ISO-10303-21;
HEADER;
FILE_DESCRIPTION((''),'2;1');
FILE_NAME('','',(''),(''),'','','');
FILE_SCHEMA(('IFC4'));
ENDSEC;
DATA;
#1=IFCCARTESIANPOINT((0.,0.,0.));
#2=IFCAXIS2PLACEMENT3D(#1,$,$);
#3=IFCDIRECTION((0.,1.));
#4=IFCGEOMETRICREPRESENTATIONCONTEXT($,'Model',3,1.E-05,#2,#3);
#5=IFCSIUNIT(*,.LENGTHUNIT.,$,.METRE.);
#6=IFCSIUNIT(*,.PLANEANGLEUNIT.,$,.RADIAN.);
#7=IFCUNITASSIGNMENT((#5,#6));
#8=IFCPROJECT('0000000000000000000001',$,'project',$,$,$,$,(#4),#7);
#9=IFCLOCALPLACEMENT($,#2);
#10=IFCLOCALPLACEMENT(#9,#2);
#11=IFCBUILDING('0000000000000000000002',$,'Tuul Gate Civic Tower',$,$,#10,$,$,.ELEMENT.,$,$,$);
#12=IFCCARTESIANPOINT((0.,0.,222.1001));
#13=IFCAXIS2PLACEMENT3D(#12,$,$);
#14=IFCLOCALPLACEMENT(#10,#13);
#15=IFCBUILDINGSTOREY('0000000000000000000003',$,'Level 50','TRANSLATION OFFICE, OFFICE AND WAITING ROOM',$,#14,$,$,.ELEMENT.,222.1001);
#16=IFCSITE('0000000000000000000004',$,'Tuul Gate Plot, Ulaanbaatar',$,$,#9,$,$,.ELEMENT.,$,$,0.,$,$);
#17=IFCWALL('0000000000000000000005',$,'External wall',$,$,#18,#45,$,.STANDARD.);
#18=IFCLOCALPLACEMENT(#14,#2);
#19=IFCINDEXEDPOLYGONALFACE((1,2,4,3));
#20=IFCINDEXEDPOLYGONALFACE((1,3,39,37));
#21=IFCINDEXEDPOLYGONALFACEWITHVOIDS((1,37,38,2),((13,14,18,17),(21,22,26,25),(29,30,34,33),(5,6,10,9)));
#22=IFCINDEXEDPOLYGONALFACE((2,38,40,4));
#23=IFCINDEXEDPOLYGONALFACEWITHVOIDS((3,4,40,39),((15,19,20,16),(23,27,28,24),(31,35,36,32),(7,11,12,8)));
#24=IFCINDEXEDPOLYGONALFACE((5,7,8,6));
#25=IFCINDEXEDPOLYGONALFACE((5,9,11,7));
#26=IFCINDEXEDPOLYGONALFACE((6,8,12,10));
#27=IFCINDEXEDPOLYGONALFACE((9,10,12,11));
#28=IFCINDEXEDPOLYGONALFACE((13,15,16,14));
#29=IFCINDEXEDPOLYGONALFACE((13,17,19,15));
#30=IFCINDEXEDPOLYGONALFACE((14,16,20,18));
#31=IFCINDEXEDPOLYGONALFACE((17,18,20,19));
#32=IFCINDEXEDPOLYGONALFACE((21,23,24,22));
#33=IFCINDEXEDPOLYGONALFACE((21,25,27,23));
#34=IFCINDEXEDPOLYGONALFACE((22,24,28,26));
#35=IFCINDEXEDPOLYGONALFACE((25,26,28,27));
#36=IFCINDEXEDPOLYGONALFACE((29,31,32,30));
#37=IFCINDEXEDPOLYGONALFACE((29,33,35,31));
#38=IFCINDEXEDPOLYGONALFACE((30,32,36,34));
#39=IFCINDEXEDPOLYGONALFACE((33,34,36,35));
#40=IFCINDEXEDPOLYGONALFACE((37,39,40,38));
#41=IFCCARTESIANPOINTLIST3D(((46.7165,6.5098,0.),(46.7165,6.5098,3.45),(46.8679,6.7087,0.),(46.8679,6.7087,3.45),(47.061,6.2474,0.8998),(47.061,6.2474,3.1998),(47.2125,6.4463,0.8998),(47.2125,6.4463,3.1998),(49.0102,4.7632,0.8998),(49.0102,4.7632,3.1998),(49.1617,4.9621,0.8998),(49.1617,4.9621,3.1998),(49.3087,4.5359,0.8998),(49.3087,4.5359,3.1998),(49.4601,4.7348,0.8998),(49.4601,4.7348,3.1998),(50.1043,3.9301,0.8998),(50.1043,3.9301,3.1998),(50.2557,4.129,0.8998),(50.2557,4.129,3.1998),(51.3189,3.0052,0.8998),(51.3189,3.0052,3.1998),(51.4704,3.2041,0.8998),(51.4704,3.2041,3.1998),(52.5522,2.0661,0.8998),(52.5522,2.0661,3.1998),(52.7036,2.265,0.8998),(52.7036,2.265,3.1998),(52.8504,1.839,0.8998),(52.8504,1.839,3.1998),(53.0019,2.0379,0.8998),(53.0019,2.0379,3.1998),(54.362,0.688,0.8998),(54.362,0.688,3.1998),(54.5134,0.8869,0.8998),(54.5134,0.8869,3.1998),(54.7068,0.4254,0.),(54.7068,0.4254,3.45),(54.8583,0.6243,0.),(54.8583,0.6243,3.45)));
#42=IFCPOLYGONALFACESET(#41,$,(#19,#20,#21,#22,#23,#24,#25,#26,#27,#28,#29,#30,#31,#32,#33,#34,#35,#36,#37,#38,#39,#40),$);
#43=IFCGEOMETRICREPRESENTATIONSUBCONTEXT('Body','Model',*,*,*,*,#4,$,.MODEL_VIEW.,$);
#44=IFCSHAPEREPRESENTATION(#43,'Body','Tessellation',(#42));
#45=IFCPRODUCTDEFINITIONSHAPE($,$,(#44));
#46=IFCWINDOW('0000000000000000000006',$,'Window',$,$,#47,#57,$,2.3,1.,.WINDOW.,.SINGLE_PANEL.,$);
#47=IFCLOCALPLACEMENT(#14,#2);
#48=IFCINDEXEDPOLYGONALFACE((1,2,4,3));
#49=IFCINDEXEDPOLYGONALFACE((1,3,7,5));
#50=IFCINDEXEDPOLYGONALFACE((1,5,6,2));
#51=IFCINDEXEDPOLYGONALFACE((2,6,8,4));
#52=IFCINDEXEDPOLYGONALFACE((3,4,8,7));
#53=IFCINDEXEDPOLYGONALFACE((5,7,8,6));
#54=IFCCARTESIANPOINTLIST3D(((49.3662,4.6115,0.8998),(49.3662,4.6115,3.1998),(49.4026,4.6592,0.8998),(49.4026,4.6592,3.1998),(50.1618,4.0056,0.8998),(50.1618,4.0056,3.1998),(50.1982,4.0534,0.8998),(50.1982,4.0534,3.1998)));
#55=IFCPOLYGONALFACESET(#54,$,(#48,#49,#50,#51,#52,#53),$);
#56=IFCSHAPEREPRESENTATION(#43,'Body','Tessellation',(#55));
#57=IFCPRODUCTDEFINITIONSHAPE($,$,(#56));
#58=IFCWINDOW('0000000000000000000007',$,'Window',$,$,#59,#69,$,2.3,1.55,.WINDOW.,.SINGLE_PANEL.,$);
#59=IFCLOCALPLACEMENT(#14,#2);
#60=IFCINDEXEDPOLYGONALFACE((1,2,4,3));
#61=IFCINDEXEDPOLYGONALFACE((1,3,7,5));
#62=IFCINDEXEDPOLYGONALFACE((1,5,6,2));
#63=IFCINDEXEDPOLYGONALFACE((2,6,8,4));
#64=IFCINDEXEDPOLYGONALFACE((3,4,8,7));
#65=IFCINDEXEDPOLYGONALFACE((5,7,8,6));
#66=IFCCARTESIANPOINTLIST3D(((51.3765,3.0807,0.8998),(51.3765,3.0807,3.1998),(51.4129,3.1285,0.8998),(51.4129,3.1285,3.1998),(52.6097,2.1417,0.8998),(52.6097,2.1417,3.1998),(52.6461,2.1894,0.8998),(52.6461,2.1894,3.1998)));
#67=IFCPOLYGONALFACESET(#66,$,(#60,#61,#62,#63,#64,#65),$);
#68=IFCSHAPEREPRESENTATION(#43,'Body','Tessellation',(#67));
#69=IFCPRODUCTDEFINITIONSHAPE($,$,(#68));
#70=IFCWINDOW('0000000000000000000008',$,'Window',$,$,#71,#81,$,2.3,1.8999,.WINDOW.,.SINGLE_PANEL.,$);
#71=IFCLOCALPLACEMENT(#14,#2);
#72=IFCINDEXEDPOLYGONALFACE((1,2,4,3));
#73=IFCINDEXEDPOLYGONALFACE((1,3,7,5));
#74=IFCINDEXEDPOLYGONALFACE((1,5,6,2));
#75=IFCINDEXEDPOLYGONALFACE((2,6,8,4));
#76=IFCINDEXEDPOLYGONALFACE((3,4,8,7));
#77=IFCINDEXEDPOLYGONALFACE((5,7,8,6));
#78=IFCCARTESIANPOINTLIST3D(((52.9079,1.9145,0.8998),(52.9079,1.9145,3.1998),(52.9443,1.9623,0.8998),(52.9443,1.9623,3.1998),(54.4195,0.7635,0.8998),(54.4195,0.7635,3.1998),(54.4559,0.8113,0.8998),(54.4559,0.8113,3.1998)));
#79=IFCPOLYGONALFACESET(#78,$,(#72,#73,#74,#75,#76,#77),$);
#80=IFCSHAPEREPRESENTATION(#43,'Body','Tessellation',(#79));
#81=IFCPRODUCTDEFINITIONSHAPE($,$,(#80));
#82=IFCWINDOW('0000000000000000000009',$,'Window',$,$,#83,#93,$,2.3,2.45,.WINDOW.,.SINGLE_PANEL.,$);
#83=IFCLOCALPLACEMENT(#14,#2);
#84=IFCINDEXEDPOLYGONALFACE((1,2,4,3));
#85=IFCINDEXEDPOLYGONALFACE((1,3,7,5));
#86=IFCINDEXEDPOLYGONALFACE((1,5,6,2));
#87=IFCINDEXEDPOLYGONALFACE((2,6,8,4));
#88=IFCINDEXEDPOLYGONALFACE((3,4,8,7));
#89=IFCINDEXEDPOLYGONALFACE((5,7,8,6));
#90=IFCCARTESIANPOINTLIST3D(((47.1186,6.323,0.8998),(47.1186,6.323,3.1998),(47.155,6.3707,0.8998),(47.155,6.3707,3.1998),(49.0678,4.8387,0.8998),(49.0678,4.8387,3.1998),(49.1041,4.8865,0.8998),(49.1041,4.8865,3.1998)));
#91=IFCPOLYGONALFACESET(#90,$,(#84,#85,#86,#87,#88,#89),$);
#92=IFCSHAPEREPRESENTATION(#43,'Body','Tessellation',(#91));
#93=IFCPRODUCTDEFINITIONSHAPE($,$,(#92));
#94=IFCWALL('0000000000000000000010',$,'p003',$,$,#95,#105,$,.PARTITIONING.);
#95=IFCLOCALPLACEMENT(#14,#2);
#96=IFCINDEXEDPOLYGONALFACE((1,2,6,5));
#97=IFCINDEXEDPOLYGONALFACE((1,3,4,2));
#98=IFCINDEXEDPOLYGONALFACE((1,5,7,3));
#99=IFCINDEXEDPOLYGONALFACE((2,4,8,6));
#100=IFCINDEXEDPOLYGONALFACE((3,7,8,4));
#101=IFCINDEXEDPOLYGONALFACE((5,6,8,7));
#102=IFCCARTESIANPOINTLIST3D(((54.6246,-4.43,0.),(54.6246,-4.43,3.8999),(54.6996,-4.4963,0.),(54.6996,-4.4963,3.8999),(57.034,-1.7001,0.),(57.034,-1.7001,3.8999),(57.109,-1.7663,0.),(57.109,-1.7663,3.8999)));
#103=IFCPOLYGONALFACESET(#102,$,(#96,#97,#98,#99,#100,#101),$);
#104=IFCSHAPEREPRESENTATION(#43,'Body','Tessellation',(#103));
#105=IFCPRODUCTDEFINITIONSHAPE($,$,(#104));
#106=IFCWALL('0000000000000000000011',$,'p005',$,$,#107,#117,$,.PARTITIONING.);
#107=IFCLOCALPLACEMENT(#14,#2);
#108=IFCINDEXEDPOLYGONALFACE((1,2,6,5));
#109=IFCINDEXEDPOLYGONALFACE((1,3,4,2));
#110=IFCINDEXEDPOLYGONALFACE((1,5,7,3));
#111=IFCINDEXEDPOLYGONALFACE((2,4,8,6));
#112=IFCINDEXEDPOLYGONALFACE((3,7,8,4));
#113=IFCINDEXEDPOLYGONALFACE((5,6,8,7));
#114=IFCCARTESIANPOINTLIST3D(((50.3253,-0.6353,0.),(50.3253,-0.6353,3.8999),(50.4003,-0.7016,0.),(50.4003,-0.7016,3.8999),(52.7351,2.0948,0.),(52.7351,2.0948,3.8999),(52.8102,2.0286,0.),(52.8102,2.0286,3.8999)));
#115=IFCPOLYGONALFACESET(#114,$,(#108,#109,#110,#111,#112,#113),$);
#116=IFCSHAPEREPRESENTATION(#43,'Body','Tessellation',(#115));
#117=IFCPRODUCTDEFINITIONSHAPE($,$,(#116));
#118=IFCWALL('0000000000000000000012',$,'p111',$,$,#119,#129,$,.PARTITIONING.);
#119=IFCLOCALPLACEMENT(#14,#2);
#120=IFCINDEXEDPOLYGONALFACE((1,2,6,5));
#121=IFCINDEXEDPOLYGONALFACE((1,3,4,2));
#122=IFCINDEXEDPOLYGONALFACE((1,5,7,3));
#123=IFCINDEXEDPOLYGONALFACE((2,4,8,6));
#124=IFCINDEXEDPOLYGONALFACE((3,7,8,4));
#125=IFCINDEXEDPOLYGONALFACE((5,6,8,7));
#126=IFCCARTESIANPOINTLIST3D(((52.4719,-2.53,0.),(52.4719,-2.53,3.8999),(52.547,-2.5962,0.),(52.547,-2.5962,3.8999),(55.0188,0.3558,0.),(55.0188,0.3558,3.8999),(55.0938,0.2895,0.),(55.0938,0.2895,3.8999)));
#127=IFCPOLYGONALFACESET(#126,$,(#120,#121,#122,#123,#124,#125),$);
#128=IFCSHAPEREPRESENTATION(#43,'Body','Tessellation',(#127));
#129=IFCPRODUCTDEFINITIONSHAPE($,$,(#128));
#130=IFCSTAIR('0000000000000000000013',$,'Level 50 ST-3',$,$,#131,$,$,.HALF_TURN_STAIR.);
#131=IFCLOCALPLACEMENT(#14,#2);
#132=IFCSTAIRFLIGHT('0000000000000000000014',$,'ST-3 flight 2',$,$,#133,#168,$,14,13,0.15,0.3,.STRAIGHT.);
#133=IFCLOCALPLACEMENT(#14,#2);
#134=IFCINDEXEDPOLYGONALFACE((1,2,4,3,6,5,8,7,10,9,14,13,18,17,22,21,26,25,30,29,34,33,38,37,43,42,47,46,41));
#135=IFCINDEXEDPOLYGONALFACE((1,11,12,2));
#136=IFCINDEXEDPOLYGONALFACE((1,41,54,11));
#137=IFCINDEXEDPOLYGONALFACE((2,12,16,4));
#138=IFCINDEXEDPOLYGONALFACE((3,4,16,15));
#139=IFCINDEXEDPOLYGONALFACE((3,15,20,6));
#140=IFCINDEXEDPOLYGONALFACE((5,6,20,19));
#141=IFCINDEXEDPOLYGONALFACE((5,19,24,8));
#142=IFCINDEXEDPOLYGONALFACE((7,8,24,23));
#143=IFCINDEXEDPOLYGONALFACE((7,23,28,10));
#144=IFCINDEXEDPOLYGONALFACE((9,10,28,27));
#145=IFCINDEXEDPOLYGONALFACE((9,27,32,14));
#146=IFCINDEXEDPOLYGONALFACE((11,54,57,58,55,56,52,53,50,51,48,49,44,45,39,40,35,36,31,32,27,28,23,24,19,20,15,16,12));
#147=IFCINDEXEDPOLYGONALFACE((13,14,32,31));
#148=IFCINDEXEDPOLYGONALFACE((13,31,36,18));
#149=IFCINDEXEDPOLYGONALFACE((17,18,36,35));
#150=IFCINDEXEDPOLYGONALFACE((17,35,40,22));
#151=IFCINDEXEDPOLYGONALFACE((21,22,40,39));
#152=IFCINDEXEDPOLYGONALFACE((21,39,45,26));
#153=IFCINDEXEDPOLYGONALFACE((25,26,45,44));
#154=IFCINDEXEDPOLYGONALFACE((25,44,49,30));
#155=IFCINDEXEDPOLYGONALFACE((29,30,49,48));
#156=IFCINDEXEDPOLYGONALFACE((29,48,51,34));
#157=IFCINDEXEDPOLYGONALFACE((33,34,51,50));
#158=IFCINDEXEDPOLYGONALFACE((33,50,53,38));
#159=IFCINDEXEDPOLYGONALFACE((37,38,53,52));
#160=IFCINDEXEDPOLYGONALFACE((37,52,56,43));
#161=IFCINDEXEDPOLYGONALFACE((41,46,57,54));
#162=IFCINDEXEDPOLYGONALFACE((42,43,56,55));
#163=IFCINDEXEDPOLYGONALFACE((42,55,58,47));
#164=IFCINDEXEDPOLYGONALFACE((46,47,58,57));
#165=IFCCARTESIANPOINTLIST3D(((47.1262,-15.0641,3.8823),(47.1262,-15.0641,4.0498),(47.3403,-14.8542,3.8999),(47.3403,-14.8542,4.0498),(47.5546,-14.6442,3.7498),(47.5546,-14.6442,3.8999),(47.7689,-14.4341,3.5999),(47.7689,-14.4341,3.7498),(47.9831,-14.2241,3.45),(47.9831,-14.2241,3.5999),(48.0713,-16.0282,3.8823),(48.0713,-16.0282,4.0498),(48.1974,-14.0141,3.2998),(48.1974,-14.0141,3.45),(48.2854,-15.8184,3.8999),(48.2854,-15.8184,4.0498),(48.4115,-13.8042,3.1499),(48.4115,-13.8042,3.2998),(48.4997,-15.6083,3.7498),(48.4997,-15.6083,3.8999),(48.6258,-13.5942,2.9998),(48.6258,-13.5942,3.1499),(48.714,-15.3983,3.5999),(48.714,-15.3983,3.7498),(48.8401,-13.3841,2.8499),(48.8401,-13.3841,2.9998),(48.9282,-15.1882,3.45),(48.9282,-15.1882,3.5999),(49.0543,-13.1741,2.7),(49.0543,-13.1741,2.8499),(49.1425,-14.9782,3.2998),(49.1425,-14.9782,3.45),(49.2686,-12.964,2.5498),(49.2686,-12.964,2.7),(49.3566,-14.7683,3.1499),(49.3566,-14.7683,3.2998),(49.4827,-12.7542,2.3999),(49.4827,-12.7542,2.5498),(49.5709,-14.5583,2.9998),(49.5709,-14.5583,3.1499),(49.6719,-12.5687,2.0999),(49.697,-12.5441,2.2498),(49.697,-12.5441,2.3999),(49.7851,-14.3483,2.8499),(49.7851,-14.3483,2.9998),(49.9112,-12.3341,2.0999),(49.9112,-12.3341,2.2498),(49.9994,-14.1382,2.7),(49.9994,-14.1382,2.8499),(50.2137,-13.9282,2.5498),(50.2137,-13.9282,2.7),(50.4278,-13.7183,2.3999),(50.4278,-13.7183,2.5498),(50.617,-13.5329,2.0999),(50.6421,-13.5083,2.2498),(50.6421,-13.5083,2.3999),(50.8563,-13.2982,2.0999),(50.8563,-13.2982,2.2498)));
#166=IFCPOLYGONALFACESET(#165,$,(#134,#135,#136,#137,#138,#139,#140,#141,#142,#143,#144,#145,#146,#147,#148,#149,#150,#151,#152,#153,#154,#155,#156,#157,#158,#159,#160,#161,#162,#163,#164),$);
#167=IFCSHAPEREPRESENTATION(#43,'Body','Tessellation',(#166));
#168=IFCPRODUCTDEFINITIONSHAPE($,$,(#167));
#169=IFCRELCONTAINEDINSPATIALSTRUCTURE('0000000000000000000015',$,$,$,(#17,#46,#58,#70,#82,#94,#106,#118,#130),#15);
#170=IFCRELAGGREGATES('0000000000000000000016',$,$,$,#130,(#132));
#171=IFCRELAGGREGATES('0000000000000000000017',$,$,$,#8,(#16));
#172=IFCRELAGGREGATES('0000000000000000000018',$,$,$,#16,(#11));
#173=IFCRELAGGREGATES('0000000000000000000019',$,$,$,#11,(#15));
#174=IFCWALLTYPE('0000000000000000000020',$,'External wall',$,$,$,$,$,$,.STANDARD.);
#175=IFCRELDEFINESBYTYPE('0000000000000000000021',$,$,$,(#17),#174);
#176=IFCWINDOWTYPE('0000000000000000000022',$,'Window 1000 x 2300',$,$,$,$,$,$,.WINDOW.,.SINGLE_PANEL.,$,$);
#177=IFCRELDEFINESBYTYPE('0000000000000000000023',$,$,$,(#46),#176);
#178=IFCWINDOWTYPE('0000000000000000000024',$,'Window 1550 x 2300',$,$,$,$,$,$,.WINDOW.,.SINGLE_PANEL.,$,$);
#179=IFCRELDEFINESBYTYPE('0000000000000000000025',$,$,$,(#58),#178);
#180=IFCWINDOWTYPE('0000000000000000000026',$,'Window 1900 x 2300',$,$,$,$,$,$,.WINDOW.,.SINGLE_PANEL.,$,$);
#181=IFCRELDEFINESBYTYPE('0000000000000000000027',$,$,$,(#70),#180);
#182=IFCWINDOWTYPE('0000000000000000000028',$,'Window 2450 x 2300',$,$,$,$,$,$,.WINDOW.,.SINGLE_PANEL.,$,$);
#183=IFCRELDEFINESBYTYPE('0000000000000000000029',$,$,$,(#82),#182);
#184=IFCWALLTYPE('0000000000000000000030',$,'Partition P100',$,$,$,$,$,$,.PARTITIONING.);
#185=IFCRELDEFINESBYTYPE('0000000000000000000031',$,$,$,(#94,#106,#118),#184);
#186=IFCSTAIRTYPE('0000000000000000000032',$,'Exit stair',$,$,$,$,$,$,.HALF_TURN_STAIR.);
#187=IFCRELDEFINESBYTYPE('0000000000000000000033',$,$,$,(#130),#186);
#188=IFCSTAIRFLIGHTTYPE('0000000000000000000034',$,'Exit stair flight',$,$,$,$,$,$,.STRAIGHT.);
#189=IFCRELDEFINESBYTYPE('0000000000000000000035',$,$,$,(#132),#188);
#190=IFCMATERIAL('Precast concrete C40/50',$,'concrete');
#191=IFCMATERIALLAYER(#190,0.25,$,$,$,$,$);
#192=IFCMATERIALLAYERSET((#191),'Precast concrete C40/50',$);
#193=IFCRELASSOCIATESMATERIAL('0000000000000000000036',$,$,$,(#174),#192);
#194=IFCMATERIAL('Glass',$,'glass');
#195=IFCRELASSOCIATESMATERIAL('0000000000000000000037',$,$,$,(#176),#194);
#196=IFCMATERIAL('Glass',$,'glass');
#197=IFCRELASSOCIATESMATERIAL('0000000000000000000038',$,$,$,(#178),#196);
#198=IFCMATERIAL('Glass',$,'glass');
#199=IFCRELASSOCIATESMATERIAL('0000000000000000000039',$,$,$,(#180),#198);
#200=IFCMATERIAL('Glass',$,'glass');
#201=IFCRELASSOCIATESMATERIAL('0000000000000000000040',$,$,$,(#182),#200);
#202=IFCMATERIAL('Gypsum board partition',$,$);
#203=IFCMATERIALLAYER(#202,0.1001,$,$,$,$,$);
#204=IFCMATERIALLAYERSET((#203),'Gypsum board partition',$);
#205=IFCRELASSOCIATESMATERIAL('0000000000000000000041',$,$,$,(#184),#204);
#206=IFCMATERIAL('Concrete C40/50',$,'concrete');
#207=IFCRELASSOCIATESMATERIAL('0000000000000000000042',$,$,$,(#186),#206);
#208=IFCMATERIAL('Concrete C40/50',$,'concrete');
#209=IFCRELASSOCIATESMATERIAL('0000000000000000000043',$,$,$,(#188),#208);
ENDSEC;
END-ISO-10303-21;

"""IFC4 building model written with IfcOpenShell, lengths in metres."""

from ifc_helpers import new_model, si_unit, direction, frame, frame_2d, origin, place, context, subcontext, project, spatial, polyline, rectangle, outline, extrude, material, layer, layer_set, type_object, element, fill, aggregate, save


model = new_model("IFC4")

# Units and contexts
model_context = context("Model", 3, precision=1e-05, world=origin(), true_north=direction((0.0, 1.0)))
body_context = subcontext(model_context, "Body", "Model", "MODEL_VIEW")
ifc_project = project(units=[si_unit("LENGTHUNIT", "METRE"), si_unit("PLANEANGLEUNIT", "RADIAN")], contexts=[model_context])

# Site, building, storey
site_placement = place(None, origin())
site = spatial("IfcSite", under=ifc_project, at=site_placement, Name="Tuul Gate Plot, Ulaanbaatar", CompositionType="ELEMENT", RefElevation=0.0)
building_placement = place(site_placement, origin())
building = spatial("IfcBuilding", under=site, at=building_placement, Name="Tuul Gate Civic Tower", CompositionType="ELEMENT")
storey_placement = place(building_placement, frame((0.0, 0.0, 222.1001)))
storey = spatial("IfcBuildingStorey", under=building, at=storey_placement, Name="Level 50", Description="TRANSLATION OFFICE, OFFICE AND WAITING ROOM", CompositionType="ELEMENT", Elevation=222.1001)

# Wall, openings, windows
ifc_material_1 = material(Name="Precast concrete C40/50", Category="concrete")
ifc_layer_1 = layer(ifc_material_1, 0.25)
ifc_layer_set_1 = layer_set([ifc_layer_1], Name="Precast concrete C40/50")
wall_type_1 = type_object("IfcWallType", Name="External wall", PredefinedType="STANDARD", material=ifc_layer_set_1)
wall_1_placement = place(storey_placement, frame((54.7825, 0.5249, 0.0), z_axis=(0.0, 0.0, 1.0), x_axis=(-0.7956, 0.605822, 0.0)))
wall_1 = element("IfcWall", 1, at=wall_1_placement, inside=storey, type_object=wall_type_1, Name="External wall", PredefinedType="STANDARD", context=body_context, shape_type="SweptSolid", body=[
    extrude(rectangle(XDim=10.0432, YDim=0.25, at=frame_2d((5.0215, 0.0))), origin(), (0.0, 0.0, 1.0), 3.45),
])
opening_1_placement = place(wall_1_placement, frame((5.7849, 0.0, 0.8999)))
opening_1 = element("IfcOpeningElement", 2, at=opening_1_placement, cuts=wall_1, PredefinedType="OPENING", context=body_context, shape_type="SweptSolid", body=[
    extrude(rectangle(XDim=1.0, YDim=2.3, at=frame_2d((0.5, 1.1499))), frame((0.0, 0.135, 0.0), z_axis=(0.0, -1.0, 0.0), x_axis=(1.0, 0.0, 0.0)), (0.0, 0.0, 1.0), 0.27),
])
opening_2_placement = place(wall_1_placement, frame((7.1599, 0.0, 0.8999)))
opening_2 = element("IfcOpeningElement", 3, at=opening_2_placement, cuts=wall_1, PredefinedType="OPENING", context=body_context, shape_type="SweptSolid", body=[
    extrude(rectangle(XDim=2.45, YDim=2.3, at=frame_2d((1.2251, 1.1499))), frame((0.0, 0.135, 0.0), z_axis=(0.0, -1.0, 0.0), x_axis=(1.0, 0.0, 0.0)), (0.0, 0.0, 1.0), 0.27),
])
opening_3_placement = place(wall_1_placement, frame((0.4333, 0.0, 0.8999)))
opening_3 = element("IfcOpeningElement", 4, at=opening_3_placement, cuts=wall_1, PredefinedType="OPENING", context=body_context, shape_type="SweptSolid", body=[
    extrude(rectangle(XDim=1.8999, YDim=2.3, at=frame_2d((0.95, 1.1499))), frame((0.0, 0.135, 0.0), z_axis=(0.0, -1.0, 0.0), x_axis=(1.0, 0.0, 0.0)), (0.0, 0.0, 1.0), 0.27),
])
opening_4_placement = place(wall_1_placement, frame((2.7083, 0.0, 0.8999)))
opening_4 = element("IfcOpeningElement", 5, at=opening_4_placement, cuts=wall_1, PredefinedType="OPENING", context=body_context, shape_type="SweptSolid", body=[
    extrude(rectangle(XDim=1.55, YDim=2.3, at=frame_2d((0.7749, 1.1499))), frame((0.0, 0.135, 0.0), z_axis=(0.0, -1.0, 0.0), x_axis=(1.0, 0.0, 0.0)), (0.0, 0.0, 1.0), 0.27),
])
ifc_material_2 = material(Name="Glass", Category="glass")
window_type_1 = type_object("IfcWindowType", Name="Window 1000 x 2300", PartitioningType="SINGLE_PANEL", PredefinedType="WINDOW", material=ifc_material_2)
window_1_placement = place(opening_1_placement, origin())
window_1 = element("IfcWindow", 6, at=window_1_placement, inside=storey, type_object=window_type_1, Name="Window", OverallHeight=2.3, OverallWidth=1.0, PartitioningType="SINGLE_PANEL", PredefinedType="WINDOW", context=body_context, shape_type="SweptSolid", body=[
    extrude(rectangle(XDim=1.0, YDim=2.3, at=frame_2d((0.5, 1.1499))), frame((0.0, 0.03, 0.0), z_axis=(0.0, -1.0, 0.0), x_axis=(1.0, 0.0, 0.0)), (0.0, 0.0, 1.0), 0.0601),
])
fill(opening_1, window_1)
ifc_material_3 = material(Name="Glass", Category="glass")
window_type_2 = type_object("IfcWindowType", Name="Window 1550 x 2300", PartitioningType="SINGLE_PANEL", PredefinedType="WINDOW", material=ifc_material_3)
window_2_placement = place(opening_4_placement, origin())
window_2 = element("IfcWindow", 7, at=window_2_placement, inside=storey, type_object=window_type_2, Name="Window", OverallHeight=2.3, OverallWidth=1.55, PartitioningType="SINGLE_PANEL", PredefinedType="WINDOW", context=body_context, shape_type="SweptSolid", body=[
    extrude(rectangle(XDim=1.55, YDim=2.3, at=frame_2d((0.7749, 1.1499))), frame((0.0, 0.03, 0.0), z_axis=(0.0, -1.0, 0.0), x_axis=(1.0, 0.0, 0.0)), (0.0, 0.0, 1.0), 0.0601),
])
fill(opening_4, window_2)
ifc_material_4 = material(Name="Glass", Category="glass")
window_type_3 = type_object("IfcWindowType", Name="Window 1900 x 2300", PartitioningType="SINGLE_PANEL", PredefinedType="WINDOW", material=ifc_material_4)
window_3_placement = place(opening_3_placement, origin())
window_3 = element("IfcWindow", 8, at=window_3_placement, inside=storey, type_object=window_type_3, Name="Window", OverallHeight=2.3, OverallWidth=1.8999, PartitioningType="SINGLE_PANEL", PredefinedType="WINDOW", context=body_context, shape_type="SweptSolid", body=[
    extrude(rectangle(XDim=1.8999, YDim=2.3, at=frame_2d((0.95, 1.1499))), frame((0.0, 0.03, 0.0), z_axis=(0.0, -1.0, 0.0), x_axis=(1.0, 0.0, 0.0)), (0.0, 0.0, 1.0), 0.0601),
])
fill(opening_3, window_3)
ifc_material_5 = material(Name="Glass", Category="glass")
window_type_4 = type_object("IfcWindowType", Name="Window 2450 x 2300", PartitioningType="SINGLE_PANEL", PredefinedType="WINDOW", material=ifc_material_5)
window_4_placement = place(opening_2_placement, origin())
window_4 = element("IfcWindow", 9, at=window_4_placement, inside=storey, type_object=window_type_4, Name="Window", OverallHeight=2.3, OverallWidth=2.45, PartitioningType="SINGLE_PANEL", PredefinedType="WINDOW", context=body_context, shape_type="SweptSolid", body=[
    extrude(rectangle(XDim=2.45, YDim=2.3, at=frame_2d((1.2251, 1.1499))), frame((0.0, 0.03, 0.0), z_axis=(0.0, -1.0, 0.0), x_axis=(1.0, 0.0, 0.0)), (0.0, 0.0, 1.0), 0.0601),
])
fill(opening_2, window_4)

# Walls
ifc_material_6 = material(Name="Gypsum board partition")
ifc_layer_2 = layer(ifc_material_6, 0.1001)
ifc_layer_set_2 = layer_set([ifc_layer_2], Name="Gypsum board partition")
wall_type_2 = type_object("IfcWallType", Name="Partition P100", PredefinedType="PARTITIONING", material=ifc_layer_set_2)
wall_2_placement = place(storey_placement, frame((54.6621, -4.4631, 0.0), z_axis=(0.0, 0.0, 1.0), x_axis=(0.661717, 0.749754, 0.0)))
element("IfcWall", 10, at=wall_2_placement, inside=storey, type_object=wall_type_2, Name="p003", PredefinedType="PARTITIONING", context=body_context, shape_type="SweptSolid", body=[
    extrude(rectangle(XDim=3.6411, YDim=0.1001, at=frame_2d((1.8206, 0.0))), origin(), (0.0, 0.0, 1.0), 3.8999),
])
wall_3_placement = place(storey_placement, frame((50.3628, -0.6685, 0.0), z_axis=(0.0, 0.0, 1.0), x_axis=(0.661759, 0.749717, 0.0)))
element("IfcWall", 11, at=wall_3_placement, inside=storey, type_object=wall_type_2, Name="p005", PredefinedType="PARTITIONING", context=body_context, shape_type="SweptSolid", body=[
    extrude(rectangle(XDim=3.6416, YDim=0.1001, at=frame_2d((1.8208, 0.0))), origin(), (0.0, 0.0, 1.0), 3.8999),
])
wall_4_placement = place(storey_placement, frame((52.5095, -2.563, 0.0), z_axis=(0.0, 0.0, 1.0), x_axis=(0.661714, 0.749756, 0.0)))
element("IfcWall", 12, at=wall_4_placement, inside=storey, type_object=wall_type_2, Name="p111", PredefinedType="PARTITIONING", context=body_context, shape_type="SweptSolid", body=[
    extrude(rectangle(XDim=3.8489, YDim=0.1001, at=frame_2d((1.9243, 0.0))), origin(), (0.0, 0.0, 1.0), 3.8999),
])

# Stair, stair flight
ifc_material_7 = material(Name="Concrete C40/50", Category="concrete")
stair_type = type_object("IfcStairType", Name="Exit stair", PredefinedType="HALF_TURN_STAIR", material=ifc_material_7)
stair_placement = place(storey_placement, origin())
stair = element("IfcStair", 13, at=stair_placement, inside=storey, type_object=stair_type, Name="Level 50 ST-3", PredefinedType="HALF_TURN_STAIR")
ifc_material_8 = material(Name="Concrete C40/50", Category="concrete")
stair_flight_type = type_object("IfcStairFlightType", Name="Exit stair flight", PredefinedType="STRAIGHT", material=ifc_material_8)
stair_flight_placement = place(storey_placement, frame((50.3838, -12.8162, 2.0999), z_axis=(0.0, 0.0, 1.0), x_axis=(-0.714127, -0.700016, 0.0)))
stair_flight = element("IfcStairFlight", 14, at=stair_flight_placement, type_object=stair_flight_type, Name="ST-3 flight 2", NumberOfRisers=14, NumberOfTreads=13, PredefinedType="STRAIGHT", RiserHeight=0.15, TreadLength=0.3, context=body_context, shape_type="SweptSolid", body=[
    extrude(outline(polyline([(0.0, 0.0), (0.0, 0.1499), (0.3, 0.1499), (0.3, 0.3), (0.6001, 0.3), (0.6001, 0.45), (0.8999, 0.45), (0.8999, 0.6001), (1.2, 0.6001), (1.2, 0.75), (1.5, 0.75), (1.5, 0.8999), (1.8, 0.8999), (1.8, 1.05), (2.1001, 1.05), (2.1001, 1.2), (2.3999, 1.2), (2.3999, 1.3501), (2.7, 1.3501), (2.7, 1.5), (3.0, 1.5), (3.0, 1.6499), (3.3, 1.6499), (3.3, 1.8), (3.6001, 1.8), (3.6001, 1.95), (3.8999, 1.95), (3.8999, 2.1001), (3.8999, 1.7825), (0.3352, 0.0), (0.0, 0.0)])), frame((0.0, 0.675, 0.0), z_axis=(0.0, -1.0, 0.0), x_axis=(1.0, 0.0, 0.0)), (0.0, 0.0, 1.0), 1.3501),
])
aggregate(stair, [stair_flight])

save(model, "model.ifc")
